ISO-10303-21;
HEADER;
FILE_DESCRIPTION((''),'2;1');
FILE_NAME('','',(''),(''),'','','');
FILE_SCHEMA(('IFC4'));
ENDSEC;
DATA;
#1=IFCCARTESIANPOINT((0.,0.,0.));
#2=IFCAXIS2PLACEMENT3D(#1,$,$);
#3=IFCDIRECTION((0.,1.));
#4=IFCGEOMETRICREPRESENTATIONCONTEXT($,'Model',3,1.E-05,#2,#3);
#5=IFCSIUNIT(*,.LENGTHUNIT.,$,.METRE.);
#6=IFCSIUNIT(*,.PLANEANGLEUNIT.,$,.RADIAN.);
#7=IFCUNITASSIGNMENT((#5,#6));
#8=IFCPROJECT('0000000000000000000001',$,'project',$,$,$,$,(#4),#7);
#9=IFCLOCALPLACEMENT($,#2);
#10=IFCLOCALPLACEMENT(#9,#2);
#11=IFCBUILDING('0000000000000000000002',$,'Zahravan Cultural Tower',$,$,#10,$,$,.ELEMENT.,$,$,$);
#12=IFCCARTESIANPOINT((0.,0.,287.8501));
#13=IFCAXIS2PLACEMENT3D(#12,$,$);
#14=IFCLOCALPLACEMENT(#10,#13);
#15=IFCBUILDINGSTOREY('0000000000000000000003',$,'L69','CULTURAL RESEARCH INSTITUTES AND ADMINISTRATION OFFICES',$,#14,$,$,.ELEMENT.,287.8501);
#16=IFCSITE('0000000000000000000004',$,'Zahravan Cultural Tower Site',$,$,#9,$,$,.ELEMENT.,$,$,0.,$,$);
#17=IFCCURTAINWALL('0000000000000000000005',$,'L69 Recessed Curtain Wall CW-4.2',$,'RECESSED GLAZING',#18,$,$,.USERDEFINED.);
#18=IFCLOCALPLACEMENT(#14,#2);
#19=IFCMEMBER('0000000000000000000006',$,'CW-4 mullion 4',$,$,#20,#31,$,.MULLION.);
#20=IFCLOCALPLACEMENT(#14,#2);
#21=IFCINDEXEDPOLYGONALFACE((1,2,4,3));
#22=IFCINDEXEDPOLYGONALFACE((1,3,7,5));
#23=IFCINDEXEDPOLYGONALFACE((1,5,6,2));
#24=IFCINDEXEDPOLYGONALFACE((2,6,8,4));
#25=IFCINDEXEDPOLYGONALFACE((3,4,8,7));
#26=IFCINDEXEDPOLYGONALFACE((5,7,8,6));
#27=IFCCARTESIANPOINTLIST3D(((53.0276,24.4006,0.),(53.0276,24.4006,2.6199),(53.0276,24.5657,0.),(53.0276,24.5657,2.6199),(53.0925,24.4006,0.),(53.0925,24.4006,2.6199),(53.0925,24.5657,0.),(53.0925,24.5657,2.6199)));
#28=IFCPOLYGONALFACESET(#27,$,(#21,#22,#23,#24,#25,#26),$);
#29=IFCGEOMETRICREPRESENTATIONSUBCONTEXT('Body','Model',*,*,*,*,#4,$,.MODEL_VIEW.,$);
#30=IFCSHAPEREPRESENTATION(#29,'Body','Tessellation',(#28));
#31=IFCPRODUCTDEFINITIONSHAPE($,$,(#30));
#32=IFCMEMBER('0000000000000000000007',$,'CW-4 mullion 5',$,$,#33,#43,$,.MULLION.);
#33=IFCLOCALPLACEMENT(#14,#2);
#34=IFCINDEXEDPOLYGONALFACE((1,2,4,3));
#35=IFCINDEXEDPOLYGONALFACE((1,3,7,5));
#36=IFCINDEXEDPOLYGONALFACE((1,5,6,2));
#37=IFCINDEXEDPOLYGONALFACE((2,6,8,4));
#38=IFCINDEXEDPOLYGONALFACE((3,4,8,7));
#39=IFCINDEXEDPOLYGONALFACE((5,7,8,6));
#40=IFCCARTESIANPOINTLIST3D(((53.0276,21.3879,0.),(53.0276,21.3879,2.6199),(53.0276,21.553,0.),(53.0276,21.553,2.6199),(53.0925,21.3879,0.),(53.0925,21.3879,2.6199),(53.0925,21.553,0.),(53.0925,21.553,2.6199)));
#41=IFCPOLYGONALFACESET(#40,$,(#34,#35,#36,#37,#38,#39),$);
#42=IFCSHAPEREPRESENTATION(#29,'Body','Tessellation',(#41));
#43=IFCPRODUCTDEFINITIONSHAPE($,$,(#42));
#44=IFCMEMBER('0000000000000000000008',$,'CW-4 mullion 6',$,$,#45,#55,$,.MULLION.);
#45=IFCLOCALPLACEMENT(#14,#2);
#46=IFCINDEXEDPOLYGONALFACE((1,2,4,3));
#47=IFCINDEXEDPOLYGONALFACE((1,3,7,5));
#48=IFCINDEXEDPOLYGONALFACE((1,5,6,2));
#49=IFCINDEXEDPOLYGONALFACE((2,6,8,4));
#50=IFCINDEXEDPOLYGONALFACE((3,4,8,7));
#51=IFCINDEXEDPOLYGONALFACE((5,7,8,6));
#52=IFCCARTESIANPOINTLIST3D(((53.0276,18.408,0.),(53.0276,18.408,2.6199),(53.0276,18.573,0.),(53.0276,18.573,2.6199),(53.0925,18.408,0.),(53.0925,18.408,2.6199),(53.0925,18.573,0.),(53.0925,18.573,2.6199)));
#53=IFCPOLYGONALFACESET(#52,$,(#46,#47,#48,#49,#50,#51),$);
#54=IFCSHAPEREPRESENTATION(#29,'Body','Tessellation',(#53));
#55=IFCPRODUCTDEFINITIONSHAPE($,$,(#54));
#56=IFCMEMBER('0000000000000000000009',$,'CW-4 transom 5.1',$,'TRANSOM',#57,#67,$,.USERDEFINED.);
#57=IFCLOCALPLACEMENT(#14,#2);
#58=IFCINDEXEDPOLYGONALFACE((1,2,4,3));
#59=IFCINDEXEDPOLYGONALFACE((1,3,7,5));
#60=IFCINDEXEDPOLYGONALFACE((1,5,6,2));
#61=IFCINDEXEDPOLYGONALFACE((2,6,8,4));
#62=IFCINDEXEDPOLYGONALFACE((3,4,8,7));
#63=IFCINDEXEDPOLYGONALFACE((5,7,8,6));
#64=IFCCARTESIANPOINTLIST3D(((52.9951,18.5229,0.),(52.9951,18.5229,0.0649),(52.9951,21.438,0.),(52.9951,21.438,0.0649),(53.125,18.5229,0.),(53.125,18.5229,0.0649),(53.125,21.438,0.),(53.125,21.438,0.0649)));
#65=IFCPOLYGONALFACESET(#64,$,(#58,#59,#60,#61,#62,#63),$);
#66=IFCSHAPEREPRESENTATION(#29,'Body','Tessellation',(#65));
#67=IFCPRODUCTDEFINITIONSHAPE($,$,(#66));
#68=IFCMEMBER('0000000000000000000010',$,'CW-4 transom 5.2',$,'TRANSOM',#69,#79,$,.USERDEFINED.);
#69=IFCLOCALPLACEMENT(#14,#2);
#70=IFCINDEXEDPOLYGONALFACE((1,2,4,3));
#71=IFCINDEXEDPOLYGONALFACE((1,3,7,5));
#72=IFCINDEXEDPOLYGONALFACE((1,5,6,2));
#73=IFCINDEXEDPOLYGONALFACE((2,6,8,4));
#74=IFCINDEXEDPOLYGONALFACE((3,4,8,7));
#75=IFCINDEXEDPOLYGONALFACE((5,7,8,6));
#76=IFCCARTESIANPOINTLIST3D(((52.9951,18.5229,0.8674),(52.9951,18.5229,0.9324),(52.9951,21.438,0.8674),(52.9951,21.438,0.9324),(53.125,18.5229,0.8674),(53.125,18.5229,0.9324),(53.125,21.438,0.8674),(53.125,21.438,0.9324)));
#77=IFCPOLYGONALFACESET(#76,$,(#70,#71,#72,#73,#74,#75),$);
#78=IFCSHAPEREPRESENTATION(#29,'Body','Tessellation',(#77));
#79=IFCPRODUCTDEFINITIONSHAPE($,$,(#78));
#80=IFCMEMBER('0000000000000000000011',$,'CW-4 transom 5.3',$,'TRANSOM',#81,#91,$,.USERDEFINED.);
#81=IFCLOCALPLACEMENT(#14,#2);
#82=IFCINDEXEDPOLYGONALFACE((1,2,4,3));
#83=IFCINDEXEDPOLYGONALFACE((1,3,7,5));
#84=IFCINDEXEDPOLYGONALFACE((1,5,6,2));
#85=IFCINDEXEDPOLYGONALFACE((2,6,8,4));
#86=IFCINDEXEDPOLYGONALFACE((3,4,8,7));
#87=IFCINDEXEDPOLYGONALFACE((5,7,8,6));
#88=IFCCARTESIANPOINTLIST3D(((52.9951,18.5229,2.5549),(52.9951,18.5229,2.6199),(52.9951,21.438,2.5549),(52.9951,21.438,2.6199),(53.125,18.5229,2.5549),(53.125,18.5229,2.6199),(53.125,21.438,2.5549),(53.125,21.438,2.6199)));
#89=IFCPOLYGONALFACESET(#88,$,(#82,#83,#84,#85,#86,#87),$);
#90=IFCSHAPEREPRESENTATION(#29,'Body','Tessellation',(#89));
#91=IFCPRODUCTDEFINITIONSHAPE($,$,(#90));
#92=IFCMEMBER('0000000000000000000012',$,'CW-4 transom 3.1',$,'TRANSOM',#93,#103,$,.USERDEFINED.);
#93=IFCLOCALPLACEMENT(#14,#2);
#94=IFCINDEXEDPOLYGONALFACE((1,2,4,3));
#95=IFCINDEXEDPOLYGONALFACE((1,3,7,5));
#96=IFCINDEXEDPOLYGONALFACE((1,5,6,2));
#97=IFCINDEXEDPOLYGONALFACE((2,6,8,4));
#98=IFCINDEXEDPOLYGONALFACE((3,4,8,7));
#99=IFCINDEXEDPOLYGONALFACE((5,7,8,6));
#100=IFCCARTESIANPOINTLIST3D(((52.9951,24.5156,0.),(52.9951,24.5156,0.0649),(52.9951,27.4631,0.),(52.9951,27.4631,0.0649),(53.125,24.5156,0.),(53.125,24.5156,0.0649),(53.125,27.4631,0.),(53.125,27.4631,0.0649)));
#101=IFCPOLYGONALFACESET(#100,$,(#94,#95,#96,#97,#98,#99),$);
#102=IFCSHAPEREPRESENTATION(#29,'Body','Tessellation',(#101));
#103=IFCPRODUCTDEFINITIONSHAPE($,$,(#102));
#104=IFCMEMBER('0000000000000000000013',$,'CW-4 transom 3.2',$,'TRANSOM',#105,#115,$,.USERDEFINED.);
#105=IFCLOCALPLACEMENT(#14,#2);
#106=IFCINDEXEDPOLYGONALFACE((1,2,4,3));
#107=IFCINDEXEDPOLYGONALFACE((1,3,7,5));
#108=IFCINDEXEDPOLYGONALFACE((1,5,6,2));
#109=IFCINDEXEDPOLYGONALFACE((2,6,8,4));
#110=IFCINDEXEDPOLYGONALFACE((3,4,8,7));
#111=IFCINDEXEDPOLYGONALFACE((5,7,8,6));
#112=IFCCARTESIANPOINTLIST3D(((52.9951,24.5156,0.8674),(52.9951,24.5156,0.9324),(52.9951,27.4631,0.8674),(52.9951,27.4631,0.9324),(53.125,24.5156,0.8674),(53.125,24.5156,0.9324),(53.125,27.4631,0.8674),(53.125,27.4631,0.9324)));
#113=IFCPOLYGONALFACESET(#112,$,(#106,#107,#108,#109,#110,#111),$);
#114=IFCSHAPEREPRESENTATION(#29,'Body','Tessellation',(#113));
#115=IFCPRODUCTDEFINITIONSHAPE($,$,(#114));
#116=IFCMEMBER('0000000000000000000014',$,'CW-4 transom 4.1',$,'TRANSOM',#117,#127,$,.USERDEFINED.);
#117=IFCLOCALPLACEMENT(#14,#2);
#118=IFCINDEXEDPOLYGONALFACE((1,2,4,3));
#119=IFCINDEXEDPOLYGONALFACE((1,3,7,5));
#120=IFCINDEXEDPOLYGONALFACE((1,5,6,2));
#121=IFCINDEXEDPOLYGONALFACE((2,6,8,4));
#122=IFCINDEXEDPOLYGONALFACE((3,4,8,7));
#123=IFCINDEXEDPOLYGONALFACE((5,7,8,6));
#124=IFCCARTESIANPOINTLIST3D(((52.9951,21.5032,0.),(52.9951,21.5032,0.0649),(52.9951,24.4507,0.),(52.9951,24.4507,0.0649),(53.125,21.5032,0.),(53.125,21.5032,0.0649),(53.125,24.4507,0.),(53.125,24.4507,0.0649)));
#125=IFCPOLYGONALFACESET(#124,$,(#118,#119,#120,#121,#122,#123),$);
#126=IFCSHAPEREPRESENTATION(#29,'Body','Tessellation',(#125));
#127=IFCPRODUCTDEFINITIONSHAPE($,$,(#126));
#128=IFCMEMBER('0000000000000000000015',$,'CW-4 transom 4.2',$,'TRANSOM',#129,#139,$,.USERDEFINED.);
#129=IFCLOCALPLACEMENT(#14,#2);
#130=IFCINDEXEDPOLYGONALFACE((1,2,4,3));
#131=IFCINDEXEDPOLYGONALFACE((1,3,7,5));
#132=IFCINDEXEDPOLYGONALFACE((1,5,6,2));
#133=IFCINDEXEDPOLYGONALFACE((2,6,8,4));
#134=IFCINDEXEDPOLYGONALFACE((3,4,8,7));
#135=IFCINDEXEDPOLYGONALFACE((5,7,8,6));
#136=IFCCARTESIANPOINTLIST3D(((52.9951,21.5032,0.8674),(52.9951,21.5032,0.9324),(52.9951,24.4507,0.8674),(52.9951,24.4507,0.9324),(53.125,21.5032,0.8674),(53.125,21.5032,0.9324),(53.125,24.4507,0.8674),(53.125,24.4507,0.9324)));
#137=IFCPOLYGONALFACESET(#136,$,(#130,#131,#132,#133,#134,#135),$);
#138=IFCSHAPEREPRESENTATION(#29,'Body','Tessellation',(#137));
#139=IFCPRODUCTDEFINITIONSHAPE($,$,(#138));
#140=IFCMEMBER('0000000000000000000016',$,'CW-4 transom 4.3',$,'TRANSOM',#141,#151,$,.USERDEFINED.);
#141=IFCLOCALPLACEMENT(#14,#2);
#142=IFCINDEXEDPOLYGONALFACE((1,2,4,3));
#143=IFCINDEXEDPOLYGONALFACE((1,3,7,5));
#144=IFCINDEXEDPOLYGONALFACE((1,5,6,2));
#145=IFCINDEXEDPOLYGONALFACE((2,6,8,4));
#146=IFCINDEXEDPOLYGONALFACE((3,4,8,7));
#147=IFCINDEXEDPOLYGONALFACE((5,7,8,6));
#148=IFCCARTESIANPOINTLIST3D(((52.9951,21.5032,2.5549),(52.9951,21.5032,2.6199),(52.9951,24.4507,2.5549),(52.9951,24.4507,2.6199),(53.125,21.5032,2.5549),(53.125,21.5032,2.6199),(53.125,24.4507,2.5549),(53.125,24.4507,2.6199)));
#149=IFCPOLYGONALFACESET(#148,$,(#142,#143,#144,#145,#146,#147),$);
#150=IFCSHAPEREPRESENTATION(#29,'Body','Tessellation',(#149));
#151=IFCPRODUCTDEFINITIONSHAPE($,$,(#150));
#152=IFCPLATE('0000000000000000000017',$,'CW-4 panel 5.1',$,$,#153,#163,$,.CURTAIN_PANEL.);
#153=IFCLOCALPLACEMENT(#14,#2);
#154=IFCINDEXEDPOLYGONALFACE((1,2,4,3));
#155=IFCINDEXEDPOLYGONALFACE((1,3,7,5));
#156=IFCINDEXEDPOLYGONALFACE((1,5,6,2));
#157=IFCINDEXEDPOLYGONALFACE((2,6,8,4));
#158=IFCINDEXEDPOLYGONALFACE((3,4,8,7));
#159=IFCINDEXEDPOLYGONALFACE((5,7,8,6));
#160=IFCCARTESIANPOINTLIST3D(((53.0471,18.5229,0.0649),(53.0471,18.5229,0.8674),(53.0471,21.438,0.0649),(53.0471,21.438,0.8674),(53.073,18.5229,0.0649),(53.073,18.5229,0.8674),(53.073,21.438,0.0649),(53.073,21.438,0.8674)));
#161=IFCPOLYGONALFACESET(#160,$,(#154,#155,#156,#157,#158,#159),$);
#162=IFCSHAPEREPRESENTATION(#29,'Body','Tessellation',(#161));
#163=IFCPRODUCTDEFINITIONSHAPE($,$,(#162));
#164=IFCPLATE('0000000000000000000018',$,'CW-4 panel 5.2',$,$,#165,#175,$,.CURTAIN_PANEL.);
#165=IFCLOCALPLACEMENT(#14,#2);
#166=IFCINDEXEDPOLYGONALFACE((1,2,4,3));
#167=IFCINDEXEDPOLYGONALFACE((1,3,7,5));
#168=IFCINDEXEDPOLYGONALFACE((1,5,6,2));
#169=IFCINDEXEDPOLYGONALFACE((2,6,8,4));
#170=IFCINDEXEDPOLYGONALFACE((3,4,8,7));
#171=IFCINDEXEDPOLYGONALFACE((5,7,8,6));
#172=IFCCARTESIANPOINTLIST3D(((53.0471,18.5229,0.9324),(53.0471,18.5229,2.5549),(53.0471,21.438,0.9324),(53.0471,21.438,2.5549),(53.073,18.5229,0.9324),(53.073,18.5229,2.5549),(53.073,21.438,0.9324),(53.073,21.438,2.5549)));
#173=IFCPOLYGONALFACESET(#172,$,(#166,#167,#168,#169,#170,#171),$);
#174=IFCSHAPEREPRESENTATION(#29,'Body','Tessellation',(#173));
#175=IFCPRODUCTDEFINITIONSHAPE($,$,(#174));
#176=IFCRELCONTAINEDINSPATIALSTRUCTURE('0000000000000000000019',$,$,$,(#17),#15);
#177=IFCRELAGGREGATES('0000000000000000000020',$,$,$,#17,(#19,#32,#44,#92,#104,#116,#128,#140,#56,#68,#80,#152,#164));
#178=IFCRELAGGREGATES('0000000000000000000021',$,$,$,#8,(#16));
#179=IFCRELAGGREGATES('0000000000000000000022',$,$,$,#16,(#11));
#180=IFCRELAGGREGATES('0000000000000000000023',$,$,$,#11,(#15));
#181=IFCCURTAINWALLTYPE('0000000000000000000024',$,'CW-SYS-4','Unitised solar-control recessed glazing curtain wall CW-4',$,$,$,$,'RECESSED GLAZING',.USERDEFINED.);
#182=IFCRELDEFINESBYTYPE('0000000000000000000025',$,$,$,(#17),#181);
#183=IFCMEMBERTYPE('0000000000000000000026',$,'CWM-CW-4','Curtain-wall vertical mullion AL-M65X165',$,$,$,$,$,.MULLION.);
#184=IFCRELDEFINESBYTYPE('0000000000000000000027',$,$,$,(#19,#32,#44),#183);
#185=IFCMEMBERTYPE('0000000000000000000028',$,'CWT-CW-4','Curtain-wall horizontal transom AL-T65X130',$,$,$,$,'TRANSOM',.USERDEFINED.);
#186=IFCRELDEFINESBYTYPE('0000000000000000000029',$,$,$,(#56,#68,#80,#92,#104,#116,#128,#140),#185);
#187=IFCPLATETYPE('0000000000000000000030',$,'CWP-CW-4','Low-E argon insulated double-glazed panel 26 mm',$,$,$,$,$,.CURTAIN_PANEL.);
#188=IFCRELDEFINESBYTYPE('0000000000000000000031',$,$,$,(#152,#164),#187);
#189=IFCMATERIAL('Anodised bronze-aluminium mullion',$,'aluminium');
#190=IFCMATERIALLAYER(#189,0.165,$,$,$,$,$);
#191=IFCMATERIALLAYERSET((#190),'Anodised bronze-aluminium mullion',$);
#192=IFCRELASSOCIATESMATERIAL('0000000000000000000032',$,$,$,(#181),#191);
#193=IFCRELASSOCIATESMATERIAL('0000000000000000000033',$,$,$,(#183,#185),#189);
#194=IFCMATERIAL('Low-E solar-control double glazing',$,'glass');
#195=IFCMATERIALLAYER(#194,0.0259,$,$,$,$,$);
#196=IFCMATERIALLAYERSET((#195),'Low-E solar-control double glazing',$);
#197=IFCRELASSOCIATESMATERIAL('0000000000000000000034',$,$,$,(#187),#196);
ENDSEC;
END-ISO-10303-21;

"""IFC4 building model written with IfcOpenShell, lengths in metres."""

from ifc_helpers import new_model, si_unit, direction, frame, origin, origin_2d, place, context, subcontext, project, spatial, rectangle, extrude, source, transform, mapped, material, layer, layer_set, material_profile, profile_set, type_object, element, aggregate, save


model = new_model("IFC4")

# Units and contexts
model_context = context("Model", 3, precision=1e-05, world=origin(), true_north=direction((0.0, 1.0)))
body_context = subcontext(model_context, "Body", "Model", "MODEL_VIEW")
ifc_project = project(units=[si_unit("LENGTHUNIT", "METRE"), si_unit("PLANEANGLEUNIT", "RADIAN")], contexts=[model_context])

# Site, building, storey
site_placement = place(None, origin())
site = spatial("IfcSite", under=ifc_project, at=site_placement, Name="Zahravan Cultural Tower Site", CompositionType="ELEMENT", RefElevation=0.0)
building_placement = place(site_placement, origin())
building = spatial("IfcBuilding", under=site, at=building_placement, Name="Zahravan Cultural Tower", CompositionType="ELEMENT")
storey_placement = place(building_placement, frame((0.0, 0.0, 287.8501)))
storey = spatial("IfcBuildingStorey", under=building, at=storey_placement, Name="L69", Description="CULTURAL RESEARCH INSTITUTES AND ADMINISTRATION OFFICES", CompositionType="ELEMENT", Elevation=287.8501)

# Curtain wall, members, plates
ifc_material_1 = material(Name="Anodised bronze-aluminium mullion", Category="aluminium")
ifc_layer_1 = layer(ifc_material_1, 0.165)
ifc_layer_set_1 = layer_set([ifc_layer_1], Name="Anodised bronze-aluminium mullion")
curtain_wall_type = type_object("IfcCurtainWallType", Name="CW-SYS-4", Description="Unitised solar-control recessed glazing curtain wall CW-4", ElementType="RECESSED GLAZING", PredefinedType="USERDEFINED", material=ifc_layer_set_1)
curtain_wall_placement = place(storey_placement, origin())
curtain_wall = element("IfcCurtainWall", 1, at=curtain_wall_placement, inside=storey, type_object=curtain_wall_type, Name="L69 Recessed Curtain Wall CW-4.2", ObjectType="RECESSED GLAZING", PredefinedType="USERDEFINED")
ifc_material_profile_1 = material_profile(ifc_material_1, rectangle(XDim=0.0649, YDim=0.165, at=origin_2d()), Name="AL-M65X165")
ifc_profile_set_1 = profile_set([ifc_material_profile_1], Name="Anodised bronze-aluminium mullion")
member_type_1 = type_object("IfcMemberType", Name="CWM-CW-4", Description="Curtain-wall vertical mullion AL-M65X165", PredefinedType="MULLION", material=ifc_profile_set_1)
shared_shape_1 = source(origin(), body_context, "Body", "SweptSolid", [
    extrude(rectangle(XDim=0.0649, YDim=0.165, at=origin_2d()), origin(), (0.0, 0.0, 1.0), 2.6199),
])
member_1_placement = place(storey_placement, frame((53.0601, 24.4832, 0.0), z_axis=(0.0, 0.0, 1.0), x_axis=(1.0, 0.0, 0.0)))
member_1 = element("IfcMember", 2, at=member_1_placement, type_object=member_type_1, Name="CW-4 mullion 4", PredefinedType="MULLION", context=body_context, shape_type="MappedRepresentation", body=[
    mapped(shared_shape_1, transform((0.0, 0.0, 0.0), x_axis=(1.0, 0.0, 0.0), y_axis=(0.0, 1.0, 0.0), z_axis=(0.0, 0.0, 1.0), scale=1.0)),
])
member_2_placement = place(storey_placement, frame((53.0601, 21.4705, 0.0), z_axis=(0.0, 0.0, 1.0), x_axis=(1.0, 0.0, 0.0)))
member_2 = element("IfcMember", 3, at=member_2_placement, type_object=member_type_1, Name="CW-4 mullion 5", PredefinedType="MULLION", context=body_context, shape_type="MappedRepresentation", body=[
    mapped(shared_shape_1, transform((0.0, 0.0, 0.0), x_axis=(1.0, 0.0, 0.0), y_axis=(0.0, 1.0, 0.0), z_axis=(0.0, 0.0, 1.0), scale=1.0)),
])
member_3_placement = place(storey_placement, frame((53.0601, 18.4905, 0.0), z_axis=(0.0, 0.0, 1.0), x_axis=(1.0, 0.0, 0.0)))
member_3 = element("IfcMember", 4, at=member_3_placement, type_object=member_type_1, Name="CW-4 mullion 6", PredefinedType="MULLION", context=body_context, shape_type="MappedRepresentation", body=[
    mapped(shared_shape_1, transform((0.0, 0.0, 0.0), x_axis=(1.0, 0.0, 0.0), y_axis=(0.0, 1.0, 0.0), z_axis=(0.0, 0.0, 1.0), scale=1.0)),
])
ifc_material_profile_2 = material_profile(ifc_material_1, rectangle(XDim=0.1299, YDim=0.0649, at=origin_2d()), Name="AL-T65X130")
ifc_profile_set_2 = profile_set([ifc_material_profile_2], Name="Anodised bronze-aluminium mullion")
member_type_2 = type_object("IfcMemberType", Name="CWT-CW-4", Description="Curtain-wall horizontal transom AL-T65X130", ElementType="TRANSOM", PredefinedType="USERDEFINED", material=ifc_profile_set_2)
shared_shape_2 = source(origin(), body_context, "Body", "SweptSolid", [
    extrude(rectangle(XDim=0.1299, YDim=0.0649, at=origin_2d()), origin(), (0.0, 0.0, 1.0), 2.915),
])
member_4_placement = place(storey_placement, frame((53.0601, 21.438, 0.0325), z_axis=(0.0, -1.0, 0.0), x_axis=(1.0, 0.0, 0.0)))
member_4 = element("IfcMember", 5, at=member_4_placement, type_object=member_type_2, Name="CW-4 transom 5.1", ObjectType="TRANSOM", PredefinedType="USERDEFINED", context=body_context, shape_type="MappedRepresentation", body=[
    mapped(shared_shape_2, transform((0.0, 0.0, 0.0), x_axis=(1.0, 0.0, 0.0), y_axis=(0.0, 1.0, 0.0), z_axis=(0.0, 0.0, 1.0), scale=1.0)),
])
member_5_placement = place(storey_placement, frame((53.0601, 21.438, 0.8999), z_axis=(0.0, -1.0, 0.0), x_axis=(1.0, 0.0, 0.0)))
member_5 = element("IfcMember", 6, at=member_5_placement, type_object=member_type_2, Name="CW-4 transom 5.2", ObjectType="TRANSOM", PredefinedType="USERDEFINED", context=body_context, shape_type="MappedRepresentation", body=[
    mapped(shared_shape_2, transform((0.0, 0.0, 0.0), x_axis=(1.0, 0.0, 0.0), y_axis=(0.0, 1.0, 0.0), z_axis=(0.0, 0.0, 1.0), scale=1.0)),
])
member_6_placement = place(storey_placement, frame((53.0601, 21.438, 2.5874), z_axis=(0.0, -1.0, 0.0), x_axis=(1.0, 0.0, 0.0)))
member_6 = element("IfcMember", 7, at=member_6_placement, type_object=member_type_2, Name="CW-4 transom 5.3", ObjectType="TRANSOM", PredefinedType="USERDEFINED", context=body_context, shape_type="MappedRepresentation", body=[
    mapped(shared_shape_2, transform((0.0, 0.0, 0.0), x_axis=(1.0, 0.0, 0.0), y_axis=(0.0, 1.0, 0.0), z_axis=(0.0, 0.0, 1.0), scale=1.0)),
])
shared_shape_3 = source(origin(), body_context, "Body", "SweptSolid", [
    extrude(rectangle(XDim=0.1299, YDim=0.0649, at=origin_2d()), origin(), (0.0, 0.0, 1.0), 2.9475),
])
member_7_placement = place(storey_placement, frame((53.0601, 27.4631, 0.0325), z_axis=(0.0, -1.0, 0.0), x_axis=(1.0, 0.0, 0.0)))
member_7 = element("IfcMember", 8, at=member_7_placement, type_object=member_type_2, Name="CW-4 transom 3.1", ObjectType="TRANSOM", PredefinedType="USERDEFINED", context=body_context, shape_type="MappedRepresentation", body=[
    mapped(shared_shape_3, transform((0.0, 0.0, 0.0), x_axis=(1.0, 0.0, 0.0), y_axis=(0.0, 1.0, 0.0), z_axis=(0.0, 0.0, 1.0), scale=1.0)),
])
member_8_placement = place(storey_placement, frame((53.0601, 27.4631, 0.8999), z_axis=(0.0, -1.0, 0.0), x_axis=(1.0, 0.0, 0.0)))
member_8 = element("IfcMember", 9, at=member_8_placement, type_object=member_type_2, Name="CW-4 transom 3.2", ObjectType="TRANSOM", PredefinedType="USERDEFINED", context=body_context, shape_type="MappedRepresentation", body=[
    mapped(shared_shape_3, transform((0.0, 0.0, 0.0), x_axis=(1.0, 0.0, 0.0), y_axis=(0.0, 1.0, 0.0), z_axis=(0.0, 0.0, 1.0), scale=1.0)),
])
member_9_placement = place(storey_placement, frame((53.0601, 24.4507, 0.0325), z_axis=(0.0, -1.0, 0.0), x_axis=(1.0, 0.0, 0.0)))
member_9 = element("IfcMember", 10, at=member_9_placement, type_object=member_type_2, Name="CW-4 transom 4.1", ObjectType="TRANSOM", PredefinedType="USERDEFINED", context=body_context, shape_type="MappedRepresentation", body=[
    mapped(shared_shape_3, transform((0.0, 0.0, 0.0), x_axis=(1.0, 0.0, 0.0), y_axis=(0.0, 1.0, 0.0), z_axis=(0.0, 0.0, 1.0), scale=1.0)),
])
member_10_placement = place(storey_placement, frame((53.0601, 24.4507, 0.8999), z_axis=(0.0, -1.0, 0.0), x_axis=(1.0, 0.0, 0.0)))
member_10 = element("IfcMember", 11, at=member_10_placement, type_object=member_type_2, Name="CW-4 transom 4.2", ObjectType="TRANSOM", PredefinedType="USERDEFINED", context=body_context, shape_type="MappedRepresentation", body=[
    mapped(shared_shape_3, transform((0.0, 0.0, 0.0), x_axis=(1.0, 0.0, 0.0), y_axis=(0.0, 1.0, 0.0), z_axis=(0.0, 0.0, 1.0), scale=1.0)),
])
member_11_placement = place(storey_placement, frame((53.0601, 24.4507, 2.5874), z_axis=(0.0, -1.0, 0.0), x_axis=(1.0, 0.0, 0.0)))
member_11 = element("IfcMember", 12, at=member_11_placement, type_object=member_type_2, Name="CW-4 transom 4.3", ObjectType="TRANSOM", PredefinedType="USERDEFINED", context=body_context, shape_type="MappedRepresentation", body=[
    mapped(shared_shape_3, transform((0.0, 0.0, 0.0), x_axis=(1.0, 0.0, 0.0), y_axis=(0.0, 1.0, 0.0), z_axis=(0.0, 0.0, 1.0), scale=1.0)),
])
ifc_material_2 = material(Name="Low-E solar-control double glazing", Category="glass")
ifc_layer_2 = layer(ifc_material_2, 0.0259)
ifc_layer_set_2 = layer_set([ifc_layer_2], Name="Low-E solar-control double glazing")
plate_type = type_object("IfcPlateType", Name="CWP-CW-4", Description="Low-E argon insulated double-glazed panel 26 mm", PredefinedType="CURTAIN_PANEL", material=ifc_layer_set_2)
shared_shape_4 = source(origin(), body_context, "Body", "SweptSolid", [
    extrude(rectangle(XDim=2.915, YDim=0.0259, at=origin_2d()), origin(), (0.0, 0.0, 1.0), 0.8025),
])
plate_1_placement = place(storey_placement, frame((53.0601, 19.9805, 0.0649), z_axis=(0.0, 0.0, 1.0), x_axis=(0.0, -1.0, 0.0)))
plate_1 = element("IfcPlate", 13, at=plate_1_placement, type_object=plate_type, Name="CW-4 panel 5.1", PredefinedType="CURTAIN_PANEL", context=body_context, shape_type="MappedRepresentation", body=[
    mapped(shared_shape_4, transform((0.0, 0.0, 0.0), x_axis=(1.0, 0.0, 0.0), y_axis=(0.0, 1.0, 0.0), z_axis=(0.0, 0.0, 1.0), scale=1.0)),
])
shared_shape_5 = source(origin(), body_context, "Body", "SweptSolid", [
    extrude(rectangle(XDim=2.915, YDim=0.0259, at=origin_2d()), origin(), (0.0, 0.0, 1.0), 1.6226),
])
plate_2_placement = place(storey_placement, frame((53.0601, 19.9805, 0.9324), z_axis=(0.0, 0.0, 1.0), x_axis=(0.0, -1.0, 0.0)))
plate_2 = element("IfcPlate", 14, at=plate_2_placement, type_object=plate_type, Name="CW-4 panel 5.2", PredefinedType="CURTAIN_PANEL", context=body_context, shape_type="MappedRepresentation", body=[
    mapped(shared_shape_5, transform((0.0, 0.0, 0.0), x_axis=(1.0, 0.0, 0.0), y_axis=(0.0, 1.0, 0.0), z_axis=(0.0, 0.0, 1.0), scale=1.0)),
])
aggregate(curtain_wall, [member_1, member_2, member_3, member_7, member_8, member_9, member_10, member_11, member_4, member_5, member_6, plate_1, plate_2])

save(model, "model.ifc")
